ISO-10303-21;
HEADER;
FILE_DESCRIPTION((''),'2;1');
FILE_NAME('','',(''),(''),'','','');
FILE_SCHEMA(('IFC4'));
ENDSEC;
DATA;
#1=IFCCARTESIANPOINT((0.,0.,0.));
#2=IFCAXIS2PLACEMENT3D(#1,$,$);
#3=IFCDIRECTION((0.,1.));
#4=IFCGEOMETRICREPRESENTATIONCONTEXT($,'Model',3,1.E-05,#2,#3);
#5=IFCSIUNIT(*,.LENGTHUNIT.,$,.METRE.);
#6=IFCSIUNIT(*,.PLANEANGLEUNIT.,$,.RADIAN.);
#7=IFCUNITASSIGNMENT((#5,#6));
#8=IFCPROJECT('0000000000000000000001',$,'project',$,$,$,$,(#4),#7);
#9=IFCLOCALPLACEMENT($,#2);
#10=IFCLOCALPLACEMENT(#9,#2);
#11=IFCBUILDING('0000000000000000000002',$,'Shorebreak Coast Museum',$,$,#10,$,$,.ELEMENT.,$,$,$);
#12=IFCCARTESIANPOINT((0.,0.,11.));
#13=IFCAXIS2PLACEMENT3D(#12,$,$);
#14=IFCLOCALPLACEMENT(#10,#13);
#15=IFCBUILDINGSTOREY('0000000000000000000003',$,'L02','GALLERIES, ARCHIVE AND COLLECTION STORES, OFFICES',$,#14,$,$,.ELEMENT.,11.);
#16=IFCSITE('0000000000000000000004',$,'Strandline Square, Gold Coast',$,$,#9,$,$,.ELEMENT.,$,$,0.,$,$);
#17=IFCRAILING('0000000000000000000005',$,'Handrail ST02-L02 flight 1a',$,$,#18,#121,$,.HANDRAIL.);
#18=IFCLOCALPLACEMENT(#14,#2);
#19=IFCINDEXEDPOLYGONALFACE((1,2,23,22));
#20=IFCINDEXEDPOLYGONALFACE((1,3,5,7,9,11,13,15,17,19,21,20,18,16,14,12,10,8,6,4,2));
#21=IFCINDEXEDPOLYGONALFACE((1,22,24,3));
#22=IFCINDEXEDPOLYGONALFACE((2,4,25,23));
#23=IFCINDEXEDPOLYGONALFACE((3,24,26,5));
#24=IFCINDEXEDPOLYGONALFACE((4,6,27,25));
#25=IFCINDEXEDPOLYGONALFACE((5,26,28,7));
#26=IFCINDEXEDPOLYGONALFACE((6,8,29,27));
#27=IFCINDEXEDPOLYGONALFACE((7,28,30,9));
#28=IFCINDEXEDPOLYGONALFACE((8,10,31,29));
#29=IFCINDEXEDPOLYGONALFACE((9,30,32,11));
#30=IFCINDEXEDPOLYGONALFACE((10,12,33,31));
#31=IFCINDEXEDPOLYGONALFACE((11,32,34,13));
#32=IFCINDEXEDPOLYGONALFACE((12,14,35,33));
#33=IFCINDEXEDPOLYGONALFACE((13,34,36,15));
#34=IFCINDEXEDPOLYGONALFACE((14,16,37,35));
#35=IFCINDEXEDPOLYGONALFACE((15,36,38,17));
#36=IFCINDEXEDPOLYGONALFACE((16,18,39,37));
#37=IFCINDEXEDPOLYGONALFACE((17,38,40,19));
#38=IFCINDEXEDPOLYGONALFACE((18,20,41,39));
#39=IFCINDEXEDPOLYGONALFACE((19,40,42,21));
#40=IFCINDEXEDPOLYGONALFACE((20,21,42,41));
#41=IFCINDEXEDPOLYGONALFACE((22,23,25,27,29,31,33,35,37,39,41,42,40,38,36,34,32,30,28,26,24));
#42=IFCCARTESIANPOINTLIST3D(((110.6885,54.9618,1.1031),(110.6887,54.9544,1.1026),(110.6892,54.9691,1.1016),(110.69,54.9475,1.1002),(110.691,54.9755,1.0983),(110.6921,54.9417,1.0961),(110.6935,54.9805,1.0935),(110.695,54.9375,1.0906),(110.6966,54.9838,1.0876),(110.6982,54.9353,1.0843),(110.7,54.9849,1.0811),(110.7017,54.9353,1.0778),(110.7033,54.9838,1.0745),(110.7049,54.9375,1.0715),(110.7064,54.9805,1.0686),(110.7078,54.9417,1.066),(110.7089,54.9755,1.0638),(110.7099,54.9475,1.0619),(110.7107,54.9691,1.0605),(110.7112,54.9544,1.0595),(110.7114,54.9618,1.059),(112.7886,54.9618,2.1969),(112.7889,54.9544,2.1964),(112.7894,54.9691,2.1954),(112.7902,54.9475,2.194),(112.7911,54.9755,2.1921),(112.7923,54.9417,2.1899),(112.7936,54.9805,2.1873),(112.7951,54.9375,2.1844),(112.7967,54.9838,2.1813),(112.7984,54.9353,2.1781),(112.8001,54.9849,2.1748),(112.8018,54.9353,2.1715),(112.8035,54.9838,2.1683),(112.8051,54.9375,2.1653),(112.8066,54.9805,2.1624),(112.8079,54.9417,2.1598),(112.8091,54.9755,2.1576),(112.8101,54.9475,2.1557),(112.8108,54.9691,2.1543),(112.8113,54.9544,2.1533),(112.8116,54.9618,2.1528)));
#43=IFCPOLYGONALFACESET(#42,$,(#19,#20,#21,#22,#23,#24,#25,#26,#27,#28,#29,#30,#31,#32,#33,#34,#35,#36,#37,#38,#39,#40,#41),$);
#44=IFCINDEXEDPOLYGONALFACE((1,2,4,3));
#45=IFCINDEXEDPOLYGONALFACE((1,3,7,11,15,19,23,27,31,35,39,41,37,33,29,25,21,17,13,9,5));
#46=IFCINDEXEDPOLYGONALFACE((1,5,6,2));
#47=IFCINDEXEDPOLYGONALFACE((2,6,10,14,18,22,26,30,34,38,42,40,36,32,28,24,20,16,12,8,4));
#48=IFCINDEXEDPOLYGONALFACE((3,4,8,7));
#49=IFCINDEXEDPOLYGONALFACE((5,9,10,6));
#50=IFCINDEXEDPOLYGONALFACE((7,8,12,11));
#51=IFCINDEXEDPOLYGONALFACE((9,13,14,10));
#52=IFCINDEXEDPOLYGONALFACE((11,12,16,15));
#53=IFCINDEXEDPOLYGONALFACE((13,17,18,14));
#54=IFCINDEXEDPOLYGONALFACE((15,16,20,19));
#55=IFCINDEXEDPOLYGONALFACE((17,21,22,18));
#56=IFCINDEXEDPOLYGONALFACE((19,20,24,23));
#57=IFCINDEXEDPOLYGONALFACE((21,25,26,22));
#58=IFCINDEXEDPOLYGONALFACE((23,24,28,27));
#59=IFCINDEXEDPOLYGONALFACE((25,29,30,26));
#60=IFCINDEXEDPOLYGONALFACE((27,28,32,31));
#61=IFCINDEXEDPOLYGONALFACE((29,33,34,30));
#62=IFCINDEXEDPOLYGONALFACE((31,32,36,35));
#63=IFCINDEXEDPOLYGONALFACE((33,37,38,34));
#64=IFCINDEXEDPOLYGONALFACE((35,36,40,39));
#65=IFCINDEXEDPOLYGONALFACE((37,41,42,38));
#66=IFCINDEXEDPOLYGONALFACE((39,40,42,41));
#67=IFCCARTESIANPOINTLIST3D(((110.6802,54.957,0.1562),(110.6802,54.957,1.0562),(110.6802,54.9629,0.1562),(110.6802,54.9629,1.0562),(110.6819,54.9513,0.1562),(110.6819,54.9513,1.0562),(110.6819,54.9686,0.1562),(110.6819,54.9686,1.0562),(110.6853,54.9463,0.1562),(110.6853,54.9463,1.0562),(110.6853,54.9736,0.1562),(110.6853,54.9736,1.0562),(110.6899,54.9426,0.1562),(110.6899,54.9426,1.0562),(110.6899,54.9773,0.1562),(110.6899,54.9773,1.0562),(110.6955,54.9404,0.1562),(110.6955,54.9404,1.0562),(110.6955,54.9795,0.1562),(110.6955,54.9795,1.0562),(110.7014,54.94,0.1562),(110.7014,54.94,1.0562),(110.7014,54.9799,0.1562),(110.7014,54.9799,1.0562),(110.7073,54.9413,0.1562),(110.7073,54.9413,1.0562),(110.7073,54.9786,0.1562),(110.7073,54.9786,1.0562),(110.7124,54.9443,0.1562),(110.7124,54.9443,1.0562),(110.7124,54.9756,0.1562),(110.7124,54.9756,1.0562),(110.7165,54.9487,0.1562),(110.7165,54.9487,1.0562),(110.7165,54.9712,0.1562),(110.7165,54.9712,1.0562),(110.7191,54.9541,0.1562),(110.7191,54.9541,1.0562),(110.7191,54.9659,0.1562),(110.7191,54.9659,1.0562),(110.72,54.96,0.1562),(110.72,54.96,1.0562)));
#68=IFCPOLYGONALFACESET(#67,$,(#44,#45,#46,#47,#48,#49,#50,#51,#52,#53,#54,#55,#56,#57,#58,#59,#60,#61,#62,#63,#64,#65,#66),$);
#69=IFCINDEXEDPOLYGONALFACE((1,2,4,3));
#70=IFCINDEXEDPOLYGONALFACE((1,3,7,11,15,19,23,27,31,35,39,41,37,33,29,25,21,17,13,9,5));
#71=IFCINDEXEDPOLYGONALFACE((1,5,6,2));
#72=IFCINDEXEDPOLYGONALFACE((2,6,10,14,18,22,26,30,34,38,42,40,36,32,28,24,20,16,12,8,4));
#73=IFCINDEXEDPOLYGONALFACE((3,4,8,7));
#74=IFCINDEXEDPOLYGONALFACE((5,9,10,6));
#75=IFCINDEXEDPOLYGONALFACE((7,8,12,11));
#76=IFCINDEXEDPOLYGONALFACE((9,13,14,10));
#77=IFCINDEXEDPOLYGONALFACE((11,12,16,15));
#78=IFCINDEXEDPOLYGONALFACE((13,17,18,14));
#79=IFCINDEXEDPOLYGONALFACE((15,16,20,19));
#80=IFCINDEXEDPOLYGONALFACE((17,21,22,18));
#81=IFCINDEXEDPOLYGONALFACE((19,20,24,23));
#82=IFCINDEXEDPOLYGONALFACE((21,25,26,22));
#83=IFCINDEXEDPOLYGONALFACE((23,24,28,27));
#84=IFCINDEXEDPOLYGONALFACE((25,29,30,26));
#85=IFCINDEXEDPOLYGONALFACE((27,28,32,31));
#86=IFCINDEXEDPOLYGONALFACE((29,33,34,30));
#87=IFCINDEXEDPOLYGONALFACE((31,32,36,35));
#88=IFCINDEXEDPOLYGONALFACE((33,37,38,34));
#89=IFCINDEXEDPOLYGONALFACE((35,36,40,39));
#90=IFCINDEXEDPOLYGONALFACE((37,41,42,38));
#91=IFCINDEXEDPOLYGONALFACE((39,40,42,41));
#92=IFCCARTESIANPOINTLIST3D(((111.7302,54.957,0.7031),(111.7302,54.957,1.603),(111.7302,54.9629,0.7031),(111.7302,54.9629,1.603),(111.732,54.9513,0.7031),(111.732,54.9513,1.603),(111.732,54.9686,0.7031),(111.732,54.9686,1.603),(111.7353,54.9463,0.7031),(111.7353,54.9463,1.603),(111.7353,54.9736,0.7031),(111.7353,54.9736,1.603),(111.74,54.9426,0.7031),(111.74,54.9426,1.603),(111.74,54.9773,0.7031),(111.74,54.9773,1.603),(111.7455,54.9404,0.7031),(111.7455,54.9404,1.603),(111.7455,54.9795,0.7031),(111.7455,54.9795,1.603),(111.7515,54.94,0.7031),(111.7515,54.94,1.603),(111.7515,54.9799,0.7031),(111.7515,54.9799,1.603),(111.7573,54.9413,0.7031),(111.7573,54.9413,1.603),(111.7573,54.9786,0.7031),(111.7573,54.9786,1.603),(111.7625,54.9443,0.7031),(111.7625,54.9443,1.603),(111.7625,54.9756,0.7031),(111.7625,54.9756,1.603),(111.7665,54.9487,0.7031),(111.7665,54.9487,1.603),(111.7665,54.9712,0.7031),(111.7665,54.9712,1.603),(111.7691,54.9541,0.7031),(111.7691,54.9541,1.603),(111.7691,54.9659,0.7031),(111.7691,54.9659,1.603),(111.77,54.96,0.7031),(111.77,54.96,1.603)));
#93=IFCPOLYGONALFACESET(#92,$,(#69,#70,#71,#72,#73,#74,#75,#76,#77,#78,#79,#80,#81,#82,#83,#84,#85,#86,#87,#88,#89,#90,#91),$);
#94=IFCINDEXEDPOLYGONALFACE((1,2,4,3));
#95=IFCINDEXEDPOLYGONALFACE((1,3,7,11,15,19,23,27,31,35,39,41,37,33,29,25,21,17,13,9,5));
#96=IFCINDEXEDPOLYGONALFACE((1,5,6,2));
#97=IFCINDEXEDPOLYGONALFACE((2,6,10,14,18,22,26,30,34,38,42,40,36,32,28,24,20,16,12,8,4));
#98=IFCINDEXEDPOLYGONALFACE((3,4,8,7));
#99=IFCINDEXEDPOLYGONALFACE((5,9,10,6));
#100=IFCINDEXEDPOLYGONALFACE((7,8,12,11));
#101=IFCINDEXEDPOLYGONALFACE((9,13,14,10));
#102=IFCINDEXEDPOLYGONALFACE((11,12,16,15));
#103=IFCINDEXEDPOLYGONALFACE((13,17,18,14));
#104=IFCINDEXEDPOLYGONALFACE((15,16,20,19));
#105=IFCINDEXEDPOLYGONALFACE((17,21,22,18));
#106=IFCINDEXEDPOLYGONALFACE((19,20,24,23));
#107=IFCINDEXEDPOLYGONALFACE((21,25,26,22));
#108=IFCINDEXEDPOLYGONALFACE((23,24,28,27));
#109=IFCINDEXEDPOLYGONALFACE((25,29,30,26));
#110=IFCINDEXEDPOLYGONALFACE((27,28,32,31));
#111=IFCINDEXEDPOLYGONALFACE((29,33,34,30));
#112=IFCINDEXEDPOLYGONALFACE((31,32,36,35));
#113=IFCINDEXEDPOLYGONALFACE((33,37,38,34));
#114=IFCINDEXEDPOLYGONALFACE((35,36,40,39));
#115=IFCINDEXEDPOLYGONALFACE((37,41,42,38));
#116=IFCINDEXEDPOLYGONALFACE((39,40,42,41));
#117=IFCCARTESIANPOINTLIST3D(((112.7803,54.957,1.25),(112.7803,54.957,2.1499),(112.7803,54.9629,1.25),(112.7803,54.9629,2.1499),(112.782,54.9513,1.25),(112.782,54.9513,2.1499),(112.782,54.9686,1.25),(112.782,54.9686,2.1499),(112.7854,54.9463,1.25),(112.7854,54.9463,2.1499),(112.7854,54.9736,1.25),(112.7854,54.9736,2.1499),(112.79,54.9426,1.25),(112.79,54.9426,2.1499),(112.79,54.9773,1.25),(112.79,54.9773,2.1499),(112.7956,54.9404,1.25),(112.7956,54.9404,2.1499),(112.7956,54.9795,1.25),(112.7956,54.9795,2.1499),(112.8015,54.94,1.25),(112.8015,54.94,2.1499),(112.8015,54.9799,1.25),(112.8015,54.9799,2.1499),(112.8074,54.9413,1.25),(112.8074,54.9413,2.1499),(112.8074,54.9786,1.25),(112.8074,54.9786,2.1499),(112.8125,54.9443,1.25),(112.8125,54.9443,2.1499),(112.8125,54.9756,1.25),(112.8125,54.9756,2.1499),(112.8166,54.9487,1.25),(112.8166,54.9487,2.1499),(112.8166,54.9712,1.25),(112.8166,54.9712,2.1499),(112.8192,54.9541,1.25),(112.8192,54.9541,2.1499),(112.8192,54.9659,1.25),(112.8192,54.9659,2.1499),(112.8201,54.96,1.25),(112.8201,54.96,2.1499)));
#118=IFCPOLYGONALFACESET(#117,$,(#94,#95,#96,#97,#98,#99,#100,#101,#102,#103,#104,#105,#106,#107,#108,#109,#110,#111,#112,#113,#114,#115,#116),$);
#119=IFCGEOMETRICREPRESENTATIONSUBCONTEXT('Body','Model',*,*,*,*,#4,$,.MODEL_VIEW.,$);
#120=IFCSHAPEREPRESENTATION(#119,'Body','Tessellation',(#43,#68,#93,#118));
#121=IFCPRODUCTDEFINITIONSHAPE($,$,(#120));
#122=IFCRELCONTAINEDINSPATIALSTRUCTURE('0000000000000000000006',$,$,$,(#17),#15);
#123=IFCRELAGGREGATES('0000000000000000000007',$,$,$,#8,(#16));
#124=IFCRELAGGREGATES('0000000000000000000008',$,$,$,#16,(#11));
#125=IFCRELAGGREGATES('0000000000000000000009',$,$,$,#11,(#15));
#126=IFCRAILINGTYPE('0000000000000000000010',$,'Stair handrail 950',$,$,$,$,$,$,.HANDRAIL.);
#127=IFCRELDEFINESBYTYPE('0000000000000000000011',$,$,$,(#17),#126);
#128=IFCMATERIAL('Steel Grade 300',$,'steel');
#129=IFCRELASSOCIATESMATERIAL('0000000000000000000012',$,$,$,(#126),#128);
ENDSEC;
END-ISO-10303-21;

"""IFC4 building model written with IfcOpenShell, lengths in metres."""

from ifc_helpers import new_model, si_unit, direction, frame, origin, origin_2d, place, context, subcontext, project, spatial, circle, extrude, material, type_object, element, save


model = new_model("IFC4")

# Units and contexts
model_context = context("Model", 3, precision=1e-05, world=origin(), true_north=direction((0.0, 1.0)))
body_context = subcontext(model_context, "Body", "Model", "MODEL_VIEW")
ifc_project = project(units=[si_unit("LENGTHUNIT", "METRE"), si_unit("PLANEANGLEUNIT", "RADIAN")], contexts=[model_context])

# Site, building, storey
site_placement = place(None, origin())
site = spatial("IfcSite", under=ifc_project, at=site_placement, Name="Strandline Square, Gold Coast", CompositionType="ELEMENT", RefElevation=0.0)
building_placement = place(site_placement, origin())
building = spatial("IfcBuilding", under=site, at=building_placement, Name="Shorebreak Coast Museum", CompositionType="ELEMENT")
storey_placement = place(building_placement, frame((0.0, 0.0, 11.0)))
storey = spatial("IfcBuildingStorey", under=building, at=storey_placement, Name="L02", Description="GALLERIES, ARCHIVE AND COLLECTION STORES, OFFICES", CompositionType="ELEMENT", Elevation=11.0)

# Railing
ifc_material_1 = material(Name="Steel Grade 300", Category="steel")
railing_type_1 = type_object("IfcRailingType", Name="Stair handrail 950", PredefinedType="HANDRAIL", material=ifc_material_1)
railing_1_placement = place(storey_placement, frame((110.7, 54.96, 0.1562)))
element("IfcRailing", 1, at=railing_1_placement, inside=storey, type_object=railing_type_1, Name="Handrail ST02-L02 flight 1a", PredefinedType="HANDRAIL", context=body_context, shape_type="SweptSolid", body=[
    extrude(circle(Radius=0.0249, at=origin_2d()), frame((0.0, 0.0, 0.9248), z_axis=(0.886923, 0.0, 0.461918), x_axis=(0.0, 1.0, 0.0)), (0.0, 0.0, 1.0), 2.3679),
    extrude(circle(Radius=0.02, at=origin_2d()), origin(), (0.0, 0.0, 1.0), 0.8999),
    extrude(circle(Radius=0.02, at=origin_2d()), frame((1.05, 0.0, 0.5469)), (0.0, 0.0, 1.0), 0.8999),
    extrude(circle(Radius=0.02, at=origin_2d()), frame((2.1001, 0.0, 1.0938)), (0.0, 0.0, 1.0), 0.8999),
])

save(model, "model.ifc")
